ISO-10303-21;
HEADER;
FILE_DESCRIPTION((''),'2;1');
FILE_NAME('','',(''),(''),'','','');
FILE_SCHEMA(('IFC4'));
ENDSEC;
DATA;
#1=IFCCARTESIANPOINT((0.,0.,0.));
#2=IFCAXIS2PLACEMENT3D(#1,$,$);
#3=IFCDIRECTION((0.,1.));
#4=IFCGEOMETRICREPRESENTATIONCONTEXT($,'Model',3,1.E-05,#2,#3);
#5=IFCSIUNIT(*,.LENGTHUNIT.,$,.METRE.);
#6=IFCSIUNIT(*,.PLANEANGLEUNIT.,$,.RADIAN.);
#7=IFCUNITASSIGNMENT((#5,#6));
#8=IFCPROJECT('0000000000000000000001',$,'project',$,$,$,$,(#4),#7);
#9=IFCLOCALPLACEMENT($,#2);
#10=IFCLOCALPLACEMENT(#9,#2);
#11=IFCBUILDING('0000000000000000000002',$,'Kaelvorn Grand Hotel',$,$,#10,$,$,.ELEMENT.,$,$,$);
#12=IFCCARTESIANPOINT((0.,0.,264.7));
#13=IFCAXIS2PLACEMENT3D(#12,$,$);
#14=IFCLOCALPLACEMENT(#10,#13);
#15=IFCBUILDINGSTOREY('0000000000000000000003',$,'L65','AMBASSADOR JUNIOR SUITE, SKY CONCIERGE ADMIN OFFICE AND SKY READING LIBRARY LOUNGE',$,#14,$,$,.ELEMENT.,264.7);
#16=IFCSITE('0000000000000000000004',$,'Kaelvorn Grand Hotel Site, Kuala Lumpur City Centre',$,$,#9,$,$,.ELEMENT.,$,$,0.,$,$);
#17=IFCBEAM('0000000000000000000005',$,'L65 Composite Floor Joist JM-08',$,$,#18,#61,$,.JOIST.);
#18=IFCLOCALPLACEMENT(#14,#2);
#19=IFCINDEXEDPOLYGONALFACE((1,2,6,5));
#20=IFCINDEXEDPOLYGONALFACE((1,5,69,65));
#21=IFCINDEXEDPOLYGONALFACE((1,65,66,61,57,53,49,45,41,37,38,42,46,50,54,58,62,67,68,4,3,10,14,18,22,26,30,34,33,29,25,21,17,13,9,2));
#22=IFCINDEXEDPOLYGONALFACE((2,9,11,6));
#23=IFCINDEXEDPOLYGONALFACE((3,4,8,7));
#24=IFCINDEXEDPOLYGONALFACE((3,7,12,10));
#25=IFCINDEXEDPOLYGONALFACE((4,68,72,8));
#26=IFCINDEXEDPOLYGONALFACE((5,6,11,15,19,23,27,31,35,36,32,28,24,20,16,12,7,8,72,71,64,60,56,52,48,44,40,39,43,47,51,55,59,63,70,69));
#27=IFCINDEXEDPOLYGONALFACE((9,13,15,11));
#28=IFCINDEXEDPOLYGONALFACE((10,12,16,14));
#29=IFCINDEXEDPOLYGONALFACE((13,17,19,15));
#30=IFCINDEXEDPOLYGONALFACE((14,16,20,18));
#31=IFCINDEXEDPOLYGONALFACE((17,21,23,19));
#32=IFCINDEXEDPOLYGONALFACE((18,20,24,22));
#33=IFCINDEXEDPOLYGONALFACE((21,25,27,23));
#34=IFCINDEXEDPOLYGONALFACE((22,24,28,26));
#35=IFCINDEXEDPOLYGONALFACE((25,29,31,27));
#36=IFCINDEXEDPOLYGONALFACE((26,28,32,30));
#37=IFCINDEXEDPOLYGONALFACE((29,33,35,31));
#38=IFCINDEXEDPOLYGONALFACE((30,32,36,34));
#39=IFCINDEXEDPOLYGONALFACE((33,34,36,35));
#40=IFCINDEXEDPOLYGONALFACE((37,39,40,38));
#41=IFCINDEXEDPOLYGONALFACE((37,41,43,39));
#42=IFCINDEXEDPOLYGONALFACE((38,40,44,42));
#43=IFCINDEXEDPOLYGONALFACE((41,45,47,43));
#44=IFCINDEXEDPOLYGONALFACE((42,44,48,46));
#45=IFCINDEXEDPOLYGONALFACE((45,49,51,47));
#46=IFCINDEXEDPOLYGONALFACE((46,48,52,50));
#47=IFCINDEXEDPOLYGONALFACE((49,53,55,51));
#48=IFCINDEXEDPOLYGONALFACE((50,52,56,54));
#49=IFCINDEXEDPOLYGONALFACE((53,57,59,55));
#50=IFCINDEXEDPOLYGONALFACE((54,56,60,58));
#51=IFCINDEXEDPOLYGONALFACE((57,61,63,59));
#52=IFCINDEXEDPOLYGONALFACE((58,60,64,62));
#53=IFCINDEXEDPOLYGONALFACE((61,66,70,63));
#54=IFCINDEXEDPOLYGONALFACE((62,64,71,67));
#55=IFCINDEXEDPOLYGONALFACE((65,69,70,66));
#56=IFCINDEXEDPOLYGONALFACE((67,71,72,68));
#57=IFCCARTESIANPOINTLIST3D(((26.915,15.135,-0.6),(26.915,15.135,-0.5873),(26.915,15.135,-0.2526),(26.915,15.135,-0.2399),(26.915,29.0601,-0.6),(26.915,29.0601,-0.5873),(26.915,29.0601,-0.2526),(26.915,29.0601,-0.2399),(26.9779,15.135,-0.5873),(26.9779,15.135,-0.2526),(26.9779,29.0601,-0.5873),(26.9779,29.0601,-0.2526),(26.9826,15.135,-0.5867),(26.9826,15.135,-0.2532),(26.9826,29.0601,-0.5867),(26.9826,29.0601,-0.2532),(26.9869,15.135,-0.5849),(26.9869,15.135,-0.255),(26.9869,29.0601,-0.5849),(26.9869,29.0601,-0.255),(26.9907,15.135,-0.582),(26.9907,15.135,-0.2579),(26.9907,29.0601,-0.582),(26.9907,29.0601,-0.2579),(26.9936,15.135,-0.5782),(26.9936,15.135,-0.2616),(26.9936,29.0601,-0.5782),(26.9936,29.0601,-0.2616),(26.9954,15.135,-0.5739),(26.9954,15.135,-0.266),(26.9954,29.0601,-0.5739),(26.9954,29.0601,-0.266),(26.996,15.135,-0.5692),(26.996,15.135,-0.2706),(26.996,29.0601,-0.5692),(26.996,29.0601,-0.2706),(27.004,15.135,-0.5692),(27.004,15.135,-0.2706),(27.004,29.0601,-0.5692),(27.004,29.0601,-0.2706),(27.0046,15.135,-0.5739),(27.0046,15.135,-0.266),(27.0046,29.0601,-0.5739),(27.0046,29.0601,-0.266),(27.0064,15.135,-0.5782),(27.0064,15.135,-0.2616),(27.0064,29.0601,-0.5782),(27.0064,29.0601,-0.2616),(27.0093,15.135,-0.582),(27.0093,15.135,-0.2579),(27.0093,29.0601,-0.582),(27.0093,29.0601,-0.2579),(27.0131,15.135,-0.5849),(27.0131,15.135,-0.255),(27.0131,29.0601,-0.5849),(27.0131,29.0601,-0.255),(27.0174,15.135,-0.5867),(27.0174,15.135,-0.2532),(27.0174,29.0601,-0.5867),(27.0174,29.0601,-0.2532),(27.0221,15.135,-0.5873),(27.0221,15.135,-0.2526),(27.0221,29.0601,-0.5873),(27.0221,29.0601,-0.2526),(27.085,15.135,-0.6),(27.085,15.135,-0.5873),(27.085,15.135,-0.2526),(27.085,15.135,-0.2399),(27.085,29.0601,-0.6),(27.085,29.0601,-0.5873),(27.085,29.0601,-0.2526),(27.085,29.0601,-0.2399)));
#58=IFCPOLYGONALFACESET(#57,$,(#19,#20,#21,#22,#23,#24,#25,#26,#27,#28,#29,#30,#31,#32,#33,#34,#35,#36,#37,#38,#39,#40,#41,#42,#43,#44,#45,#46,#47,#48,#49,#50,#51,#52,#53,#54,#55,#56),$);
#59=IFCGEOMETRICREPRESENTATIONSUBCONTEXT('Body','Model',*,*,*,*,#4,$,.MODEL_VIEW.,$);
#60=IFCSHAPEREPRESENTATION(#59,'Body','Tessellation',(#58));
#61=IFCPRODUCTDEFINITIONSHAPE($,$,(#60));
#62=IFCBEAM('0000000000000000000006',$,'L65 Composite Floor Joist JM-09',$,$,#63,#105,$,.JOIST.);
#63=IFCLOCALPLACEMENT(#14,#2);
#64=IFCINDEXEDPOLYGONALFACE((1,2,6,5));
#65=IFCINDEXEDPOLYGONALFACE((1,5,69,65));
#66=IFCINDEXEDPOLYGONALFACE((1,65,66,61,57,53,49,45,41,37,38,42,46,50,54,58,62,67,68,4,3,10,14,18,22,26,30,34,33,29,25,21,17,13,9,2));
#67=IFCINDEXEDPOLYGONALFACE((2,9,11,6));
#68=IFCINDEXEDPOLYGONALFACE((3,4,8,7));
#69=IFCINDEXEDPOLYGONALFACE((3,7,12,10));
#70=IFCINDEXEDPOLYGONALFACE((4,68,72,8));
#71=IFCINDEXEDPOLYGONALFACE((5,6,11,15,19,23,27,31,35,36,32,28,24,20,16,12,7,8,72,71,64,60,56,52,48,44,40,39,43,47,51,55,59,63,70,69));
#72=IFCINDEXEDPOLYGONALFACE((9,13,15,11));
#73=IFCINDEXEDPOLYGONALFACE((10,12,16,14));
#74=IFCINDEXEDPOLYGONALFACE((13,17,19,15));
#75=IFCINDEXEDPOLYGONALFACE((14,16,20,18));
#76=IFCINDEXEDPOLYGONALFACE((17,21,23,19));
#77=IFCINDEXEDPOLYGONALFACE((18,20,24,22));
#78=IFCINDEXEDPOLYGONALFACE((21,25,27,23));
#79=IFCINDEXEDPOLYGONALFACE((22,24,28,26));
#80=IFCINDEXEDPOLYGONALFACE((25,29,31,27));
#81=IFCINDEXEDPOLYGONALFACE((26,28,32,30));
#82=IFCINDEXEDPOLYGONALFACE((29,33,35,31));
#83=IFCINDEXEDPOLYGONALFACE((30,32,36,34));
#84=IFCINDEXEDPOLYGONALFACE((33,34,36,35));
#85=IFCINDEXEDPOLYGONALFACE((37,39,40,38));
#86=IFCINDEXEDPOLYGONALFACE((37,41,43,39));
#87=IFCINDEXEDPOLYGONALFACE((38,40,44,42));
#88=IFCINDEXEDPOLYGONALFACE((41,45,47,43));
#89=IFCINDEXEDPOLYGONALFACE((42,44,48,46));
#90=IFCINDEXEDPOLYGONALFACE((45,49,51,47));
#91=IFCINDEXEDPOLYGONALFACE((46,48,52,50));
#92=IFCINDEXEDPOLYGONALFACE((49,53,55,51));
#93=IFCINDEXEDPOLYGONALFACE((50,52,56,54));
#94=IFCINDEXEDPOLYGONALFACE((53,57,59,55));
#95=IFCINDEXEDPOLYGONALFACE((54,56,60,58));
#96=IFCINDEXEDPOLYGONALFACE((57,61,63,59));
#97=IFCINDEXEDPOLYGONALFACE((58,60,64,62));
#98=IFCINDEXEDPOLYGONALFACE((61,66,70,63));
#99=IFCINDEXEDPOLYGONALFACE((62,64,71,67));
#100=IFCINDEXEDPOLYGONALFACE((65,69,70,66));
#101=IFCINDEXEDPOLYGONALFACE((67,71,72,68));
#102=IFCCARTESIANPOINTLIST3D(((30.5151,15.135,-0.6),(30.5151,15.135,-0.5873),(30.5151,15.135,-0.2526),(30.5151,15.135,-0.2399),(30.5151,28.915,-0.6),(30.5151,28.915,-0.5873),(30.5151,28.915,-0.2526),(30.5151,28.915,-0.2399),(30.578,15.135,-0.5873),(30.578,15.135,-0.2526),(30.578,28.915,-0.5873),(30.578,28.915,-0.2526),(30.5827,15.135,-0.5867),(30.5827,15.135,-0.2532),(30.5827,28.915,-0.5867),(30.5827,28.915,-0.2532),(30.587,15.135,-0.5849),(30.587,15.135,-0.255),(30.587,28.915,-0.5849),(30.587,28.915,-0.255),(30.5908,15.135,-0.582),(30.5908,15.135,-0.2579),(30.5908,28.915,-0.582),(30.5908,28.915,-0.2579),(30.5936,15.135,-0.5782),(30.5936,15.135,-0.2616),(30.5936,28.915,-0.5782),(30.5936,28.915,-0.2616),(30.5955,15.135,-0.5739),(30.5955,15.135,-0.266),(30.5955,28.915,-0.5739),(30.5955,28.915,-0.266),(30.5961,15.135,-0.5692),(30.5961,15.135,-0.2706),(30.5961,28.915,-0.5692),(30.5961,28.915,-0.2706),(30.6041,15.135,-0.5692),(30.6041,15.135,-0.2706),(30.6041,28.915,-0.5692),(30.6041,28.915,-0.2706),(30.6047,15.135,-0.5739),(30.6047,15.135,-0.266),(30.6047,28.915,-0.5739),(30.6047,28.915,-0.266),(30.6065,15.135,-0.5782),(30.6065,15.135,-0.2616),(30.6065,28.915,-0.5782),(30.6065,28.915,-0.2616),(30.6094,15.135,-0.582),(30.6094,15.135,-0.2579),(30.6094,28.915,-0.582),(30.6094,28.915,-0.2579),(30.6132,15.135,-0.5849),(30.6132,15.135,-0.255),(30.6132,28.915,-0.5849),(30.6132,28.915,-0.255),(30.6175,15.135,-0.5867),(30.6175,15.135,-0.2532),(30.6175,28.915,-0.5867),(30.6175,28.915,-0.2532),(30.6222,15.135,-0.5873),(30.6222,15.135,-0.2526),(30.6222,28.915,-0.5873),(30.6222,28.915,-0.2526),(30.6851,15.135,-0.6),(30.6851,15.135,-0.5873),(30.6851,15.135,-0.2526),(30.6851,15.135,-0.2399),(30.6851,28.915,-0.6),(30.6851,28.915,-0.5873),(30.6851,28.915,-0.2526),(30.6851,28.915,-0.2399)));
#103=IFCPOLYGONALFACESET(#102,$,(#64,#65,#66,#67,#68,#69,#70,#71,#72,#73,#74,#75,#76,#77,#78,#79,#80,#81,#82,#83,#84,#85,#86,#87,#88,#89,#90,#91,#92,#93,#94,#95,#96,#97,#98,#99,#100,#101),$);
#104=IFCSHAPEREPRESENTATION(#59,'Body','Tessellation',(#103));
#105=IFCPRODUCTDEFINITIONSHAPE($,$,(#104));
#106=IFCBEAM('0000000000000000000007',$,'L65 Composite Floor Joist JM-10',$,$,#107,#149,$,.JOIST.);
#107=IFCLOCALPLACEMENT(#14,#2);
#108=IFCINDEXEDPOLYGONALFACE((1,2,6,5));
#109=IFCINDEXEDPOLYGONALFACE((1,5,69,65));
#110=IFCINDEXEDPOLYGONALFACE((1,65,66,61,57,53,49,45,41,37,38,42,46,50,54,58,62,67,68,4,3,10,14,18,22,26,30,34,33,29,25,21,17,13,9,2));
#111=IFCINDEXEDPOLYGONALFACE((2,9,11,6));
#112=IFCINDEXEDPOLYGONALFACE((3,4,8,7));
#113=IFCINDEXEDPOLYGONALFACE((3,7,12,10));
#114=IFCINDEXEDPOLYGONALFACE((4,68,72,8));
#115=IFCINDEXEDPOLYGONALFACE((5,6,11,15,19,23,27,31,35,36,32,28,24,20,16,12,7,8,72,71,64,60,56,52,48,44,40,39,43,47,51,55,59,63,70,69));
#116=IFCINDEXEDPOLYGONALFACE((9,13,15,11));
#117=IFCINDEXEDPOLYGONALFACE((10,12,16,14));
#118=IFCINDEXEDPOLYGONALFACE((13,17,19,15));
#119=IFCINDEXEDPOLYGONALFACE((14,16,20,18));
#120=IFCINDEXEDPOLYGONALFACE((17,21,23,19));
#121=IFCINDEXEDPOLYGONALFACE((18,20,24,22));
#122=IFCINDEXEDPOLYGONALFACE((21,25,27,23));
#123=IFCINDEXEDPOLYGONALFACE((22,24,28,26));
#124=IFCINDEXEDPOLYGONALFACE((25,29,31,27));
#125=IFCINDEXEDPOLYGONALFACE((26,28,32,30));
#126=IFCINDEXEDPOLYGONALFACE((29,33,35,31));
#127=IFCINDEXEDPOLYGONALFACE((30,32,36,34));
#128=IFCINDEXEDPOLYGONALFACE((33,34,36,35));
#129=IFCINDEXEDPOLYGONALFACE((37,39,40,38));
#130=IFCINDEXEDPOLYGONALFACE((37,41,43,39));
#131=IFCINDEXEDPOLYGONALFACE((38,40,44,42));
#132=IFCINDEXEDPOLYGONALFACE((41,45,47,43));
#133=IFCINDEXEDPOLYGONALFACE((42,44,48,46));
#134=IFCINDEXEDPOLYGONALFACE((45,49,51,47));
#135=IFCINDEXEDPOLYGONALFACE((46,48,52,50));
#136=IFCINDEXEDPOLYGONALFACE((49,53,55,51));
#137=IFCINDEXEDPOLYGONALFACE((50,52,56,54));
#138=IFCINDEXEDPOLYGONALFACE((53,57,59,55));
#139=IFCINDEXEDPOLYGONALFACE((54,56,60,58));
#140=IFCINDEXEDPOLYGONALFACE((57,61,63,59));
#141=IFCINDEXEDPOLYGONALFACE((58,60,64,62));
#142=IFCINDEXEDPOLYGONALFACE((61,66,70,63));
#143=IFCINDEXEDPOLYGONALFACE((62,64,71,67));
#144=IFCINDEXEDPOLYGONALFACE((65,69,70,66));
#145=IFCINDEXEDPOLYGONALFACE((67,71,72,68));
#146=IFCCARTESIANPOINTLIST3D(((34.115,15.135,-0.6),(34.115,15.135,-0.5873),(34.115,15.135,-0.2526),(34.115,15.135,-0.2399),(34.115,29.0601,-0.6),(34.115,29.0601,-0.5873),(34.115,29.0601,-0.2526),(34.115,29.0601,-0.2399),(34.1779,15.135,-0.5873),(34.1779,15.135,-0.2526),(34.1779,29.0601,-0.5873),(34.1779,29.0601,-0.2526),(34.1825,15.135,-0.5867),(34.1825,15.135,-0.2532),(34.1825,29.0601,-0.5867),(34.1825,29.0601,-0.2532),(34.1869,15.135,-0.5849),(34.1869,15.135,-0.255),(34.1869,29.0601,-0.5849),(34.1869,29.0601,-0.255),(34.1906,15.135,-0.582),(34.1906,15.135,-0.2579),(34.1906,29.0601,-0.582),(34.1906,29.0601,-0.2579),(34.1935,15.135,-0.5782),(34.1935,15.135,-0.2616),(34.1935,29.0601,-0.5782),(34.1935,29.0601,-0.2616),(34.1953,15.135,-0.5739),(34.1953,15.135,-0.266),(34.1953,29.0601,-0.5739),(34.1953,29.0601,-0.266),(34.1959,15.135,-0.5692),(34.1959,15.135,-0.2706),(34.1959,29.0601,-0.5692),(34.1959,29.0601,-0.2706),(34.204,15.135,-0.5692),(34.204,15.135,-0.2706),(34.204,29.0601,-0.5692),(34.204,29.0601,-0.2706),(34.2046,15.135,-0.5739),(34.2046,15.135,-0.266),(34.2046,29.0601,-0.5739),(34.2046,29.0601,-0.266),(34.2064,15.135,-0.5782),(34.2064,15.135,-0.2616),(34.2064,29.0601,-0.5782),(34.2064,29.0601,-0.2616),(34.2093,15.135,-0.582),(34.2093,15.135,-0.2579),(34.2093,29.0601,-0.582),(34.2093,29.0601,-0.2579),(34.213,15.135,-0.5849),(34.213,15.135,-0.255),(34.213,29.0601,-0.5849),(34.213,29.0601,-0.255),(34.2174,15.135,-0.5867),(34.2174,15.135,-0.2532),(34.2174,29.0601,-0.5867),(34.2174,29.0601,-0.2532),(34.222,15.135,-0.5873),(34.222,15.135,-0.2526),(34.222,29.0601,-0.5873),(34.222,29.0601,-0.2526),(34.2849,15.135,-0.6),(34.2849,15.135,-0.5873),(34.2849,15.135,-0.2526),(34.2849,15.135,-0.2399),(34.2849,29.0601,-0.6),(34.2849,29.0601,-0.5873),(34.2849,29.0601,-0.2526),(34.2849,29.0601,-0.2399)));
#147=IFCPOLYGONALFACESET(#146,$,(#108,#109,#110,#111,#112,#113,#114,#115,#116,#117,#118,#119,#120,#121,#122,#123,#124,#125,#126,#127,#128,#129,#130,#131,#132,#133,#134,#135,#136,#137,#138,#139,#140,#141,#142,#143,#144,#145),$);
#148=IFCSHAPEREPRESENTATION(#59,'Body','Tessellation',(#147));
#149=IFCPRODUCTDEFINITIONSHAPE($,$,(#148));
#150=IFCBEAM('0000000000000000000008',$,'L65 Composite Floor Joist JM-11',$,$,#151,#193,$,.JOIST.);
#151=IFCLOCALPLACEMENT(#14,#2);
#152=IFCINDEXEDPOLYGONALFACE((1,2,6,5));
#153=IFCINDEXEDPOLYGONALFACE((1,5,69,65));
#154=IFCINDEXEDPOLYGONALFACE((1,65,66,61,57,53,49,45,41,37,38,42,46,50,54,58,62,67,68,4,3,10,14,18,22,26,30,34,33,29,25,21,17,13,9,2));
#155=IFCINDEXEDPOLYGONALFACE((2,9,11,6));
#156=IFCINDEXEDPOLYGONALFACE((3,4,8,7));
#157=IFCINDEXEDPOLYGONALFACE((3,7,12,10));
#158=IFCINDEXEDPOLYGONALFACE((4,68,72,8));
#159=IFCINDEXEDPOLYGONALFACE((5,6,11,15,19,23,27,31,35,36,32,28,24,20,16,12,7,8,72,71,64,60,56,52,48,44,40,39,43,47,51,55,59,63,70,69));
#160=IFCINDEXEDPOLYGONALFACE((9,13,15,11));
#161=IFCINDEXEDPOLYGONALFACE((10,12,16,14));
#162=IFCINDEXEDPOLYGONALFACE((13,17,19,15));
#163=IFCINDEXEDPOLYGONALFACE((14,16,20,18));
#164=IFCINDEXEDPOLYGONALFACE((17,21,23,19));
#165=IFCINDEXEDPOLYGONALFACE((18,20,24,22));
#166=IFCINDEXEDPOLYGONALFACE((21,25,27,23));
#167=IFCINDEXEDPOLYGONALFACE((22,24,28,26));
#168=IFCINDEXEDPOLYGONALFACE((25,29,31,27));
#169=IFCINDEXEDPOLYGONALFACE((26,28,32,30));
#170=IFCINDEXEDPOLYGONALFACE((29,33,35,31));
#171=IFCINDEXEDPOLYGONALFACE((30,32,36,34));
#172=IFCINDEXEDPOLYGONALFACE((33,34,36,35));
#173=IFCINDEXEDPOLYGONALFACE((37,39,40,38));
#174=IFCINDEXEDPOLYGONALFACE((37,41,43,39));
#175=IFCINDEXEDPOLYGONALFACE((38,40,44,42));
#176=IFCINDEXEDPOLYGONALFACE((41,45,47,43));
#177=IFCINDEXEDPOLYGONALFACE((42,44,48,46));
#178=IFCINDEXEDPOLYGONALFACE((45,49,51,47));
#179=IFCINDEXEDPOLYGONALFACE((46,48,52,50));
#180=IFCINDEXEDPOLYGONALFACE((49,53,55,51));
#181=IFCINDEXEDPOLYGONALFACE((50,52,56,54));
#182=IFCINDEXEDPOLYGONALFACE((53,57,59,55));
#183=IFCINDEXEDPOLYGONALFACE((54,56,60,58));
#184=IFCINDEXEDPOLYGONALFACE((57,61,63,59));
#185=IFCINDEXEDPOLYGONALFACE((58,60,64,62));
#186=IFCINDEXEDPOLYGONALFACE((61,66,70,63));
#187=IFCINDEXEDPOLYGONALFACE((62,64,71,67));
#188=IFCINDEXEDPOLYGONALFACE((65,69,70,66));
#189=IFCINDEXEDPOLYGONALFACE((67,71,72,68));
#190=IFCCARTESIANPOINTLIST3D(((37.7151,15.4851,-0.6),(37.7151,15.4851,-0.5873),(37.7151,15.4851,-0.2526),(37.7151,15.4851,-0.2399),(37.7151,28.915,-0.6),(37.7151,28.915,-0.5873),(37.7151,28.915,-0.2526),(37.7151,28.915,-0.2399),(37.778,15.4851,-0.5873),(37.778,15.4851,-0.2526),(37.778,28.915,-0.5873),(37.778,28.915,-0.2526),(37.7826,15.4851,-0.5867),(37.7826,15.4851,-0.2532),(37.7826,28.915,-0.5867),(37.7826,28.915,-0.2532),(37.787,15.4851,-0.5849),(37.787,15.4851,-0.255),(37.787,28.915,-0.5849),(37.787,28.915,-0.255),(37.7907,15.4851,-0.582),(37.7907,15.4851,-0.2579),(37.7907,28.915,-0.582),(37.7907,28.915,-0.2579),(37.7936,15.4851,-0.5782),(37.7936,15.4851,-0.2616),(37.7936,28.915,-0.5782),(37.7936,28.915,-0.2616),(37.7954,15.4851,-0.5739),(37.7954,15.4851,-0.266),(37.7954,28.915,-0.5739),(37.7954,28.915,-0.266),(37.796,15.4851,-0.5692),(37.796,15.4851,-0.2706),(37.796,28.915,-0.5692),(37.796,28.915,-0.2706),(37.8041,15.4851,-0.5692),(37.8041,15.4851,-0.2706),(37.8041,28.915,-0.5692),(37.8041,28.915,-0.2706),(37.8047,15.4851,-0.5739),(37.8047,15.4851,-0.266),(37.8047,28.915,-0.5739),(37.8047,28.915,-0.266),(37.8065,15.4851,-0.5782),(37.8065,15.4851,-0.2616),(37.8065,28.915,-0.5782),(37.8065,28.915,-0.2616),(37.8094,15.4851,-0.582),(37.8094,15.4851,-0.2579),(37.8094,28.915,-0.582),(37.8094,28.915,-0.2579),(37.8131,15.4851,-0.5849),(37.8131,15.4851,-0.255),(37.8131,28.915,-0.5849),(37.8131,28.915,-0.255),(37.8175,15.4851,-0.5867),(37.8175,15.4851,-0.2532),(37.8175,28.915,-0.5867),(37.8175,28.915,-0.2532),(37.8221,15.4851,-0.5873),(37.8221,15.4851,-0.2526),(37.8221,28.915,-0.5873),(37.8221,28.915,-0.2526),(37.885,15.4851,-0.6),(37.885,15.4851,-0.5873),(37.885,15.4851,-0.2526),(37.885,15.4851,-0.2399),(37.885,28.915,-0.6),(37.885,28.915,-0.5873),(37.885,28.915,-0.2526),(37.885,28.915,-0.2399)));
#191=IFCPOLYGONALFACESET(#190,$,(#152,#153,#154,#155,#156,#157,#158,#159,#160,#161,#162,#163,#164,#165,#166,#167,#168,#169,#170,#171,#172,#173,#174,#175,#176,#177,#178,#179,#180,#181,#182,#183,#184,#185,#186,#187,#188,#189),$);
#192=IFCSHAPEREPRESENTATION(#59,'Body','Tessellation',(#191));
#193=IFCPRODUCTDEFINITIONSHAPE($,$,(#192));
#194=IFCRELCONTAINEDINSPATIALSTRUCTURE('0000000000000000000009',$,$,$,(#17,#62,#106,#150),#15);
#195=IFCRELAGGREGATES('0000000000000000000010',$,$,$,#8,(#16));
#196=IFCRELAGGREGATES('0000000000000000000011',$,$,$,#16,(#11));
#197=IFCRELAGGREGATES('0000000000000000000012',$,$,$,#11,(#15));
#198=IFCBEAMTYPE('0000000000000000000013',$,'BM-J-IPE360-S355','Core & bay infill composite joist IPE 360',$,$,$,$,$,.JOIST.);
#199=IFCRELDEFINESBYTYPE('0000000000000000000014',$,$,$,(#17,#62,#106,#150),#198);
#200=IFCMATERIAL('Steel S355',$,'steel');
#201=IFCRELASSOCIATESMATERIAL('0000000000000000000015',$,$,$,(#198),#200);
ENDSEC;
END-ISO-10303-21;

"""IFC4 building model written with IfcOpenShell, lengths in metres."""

from ifc_helpers import new_model, si_unit, direction, frame, origin, origin_2d, place, context, subcontext, project, spatial, i_section, extrude, material, material_profile, profile_set, type_object, element, save


model = new_model("IFC4")

# Units and contexts
model_context = context("Model", 3, precision=1e-05, world=origin(), true_north=direction((0.0, 1.0)))
body_context = subcontext(model_context, "Body", "Model", "MODEL_VIEW")
ifc_project = project(units=[si_unit("LENGTHUNIT", "METRE"), si_unit("PLANEANGLEUNIT", "RADIAN")], contexts=[model_context])

# Site, building, storey
site_placement = place(None, origin())
site = spatial("IfcSite", under=ifc_project, at=site_placement, Name="Kaelvorn Grand Hotel Site, Kuala Lumpur City Centre", CompositionType="ELEMENT", RefElevation=0.0)
building_placement = place(site_placement, origin())
building = spatial("IfcBuilding", under=site, at=building_placement, Name="Kaelvorn Grand Hotel", CompositionType="ELEMENT")
storey_placement = place(building_placement, frame((0.0, 0.0, 264.7)))
storey = spatial("IfcBuildingStorey", under=building, at=storey_placement, Name="L65", Description="AMBASSADOR JUNIOR SUITE, SKY CONCIERGE ADMIN OFFICE AND SKY READING LIBRARY LOUNGE", CompositionType="ELEMENT", Elevation=264.7)

# Beams
ifc_material_1 = material(Name="Steel S355", Category="steel")
ifc_material_profile_1 = material_profile(ifc_material_1, i_section(OverallWidth=0.1699, OverallDepth=0.3601, WebThickness=0.0081, FlangeThickness=0.0127, FilletRadius=0.0181, at=origin_2d()), Name="IPE 360")
ifc_profile_set_1 = profile_set([ifc_material_profile_1], Name="Steel S355")
beam_type_1 = type_object("IfcBeamType", Name="BM-J-IPE360-S355", Description="Core & bay infill composite joist IPE 360", PredefinedType="JOIST", material=ifc_profile_set_1)
beam_1_placement = place(storey_placement, frame((27.0, 15.135, -0.4199), z_axis=(0.0, 1.0, 0.0), x_axis=(-1.0, 0.0, 0.0)))
element("IfcBeam", 1, at=beam_1_placement, inside=storey, type_object=beam_type_1, Name="L65 Composite Floor Joist JM-08", PredefinedType="JOIST", context=body_context, shape_type="SweptSolid", body=[
    extrude(i_section(OverallWidth=0.1699, OverallDepth=0.3601, WebThickness=0.0081, FlangeThickness=0.0127, FilletRadius=0.0181, at=origin_2d()), origin(), (0.0, 0.0, 1.0), 13.925),
])
beam_2_placement = place(storey_placement, frame((30.6001, 15.135, -0.4199), z_axis=(0.0, 1.0, 0.0), x_axis=(-1.0, 0.0, 0.0)))
element("IfcBeam", 2, at=beam_2_placement, inside=storey, type_object=beam_type_1, Name="L65 Composite Floor Joist JM-09", PredefinedType="JOIST", context=body_context, shape_type="SweptSolid", body=[
    extrude(i_section(OverallWidth=0.1699, OverallDepth=0.3601, WebThickness=0.0081, FlangeThickness=0.0127, FilletRadius=0.0181, at=origin_2d()), origin(), (0.0, 0.0, 1.0), 13.78),
])
beam_3_placement = place(storey_placement, frame((34.2, 15.135, -0.4199), z_axis=(0.0, 1.0, 0.0), x_axis=(-1.0, 0.0, 0.0)))
element("IfcBeam", 3, at=beam_3_placement, inside=storey, type_object=beam_type_1, Name="L65 Composite Floor Joist JM-10", PredefinedType="JOIST", context=body_context, shape_type="SweptSolid", body=[
    extrude(i_section(OverallWidth=0.1699, OverallDepth=0.3601, WebThickness=0.0081, FlangeThickness=0.0127, FilletRadius=0.0181, at=origin_2d()), origin(), (0.0, 0.0, 1.0), 13.925),
])
beam_4_placement = place(storey_placement, frame((37.8, 15.4851, -0.4199), z_axis=(0.0, 1.0, 0.0), x_axis=(-1.0, 0.0, 0.0)))
element("IfcBeam", 4, at=beam_4_placement, inside=storey, type_object=beam_type_1, Name="L65 Composite Floor Joist JM-11", PredefinedType="JOIST", context=body_context, shape_type="SweptSolid", body=[
    extrude(i_section(OverallWidth=0.1699, OverallDepth=0.3601, WebThickness=0.0081, FlangeThickness=0.0127, FilletRadius=0.0181, at=origin_2d()), origin(), (0.0, 0.0, 1.0), 13.4299),
])

save(model, "model.ifc")
